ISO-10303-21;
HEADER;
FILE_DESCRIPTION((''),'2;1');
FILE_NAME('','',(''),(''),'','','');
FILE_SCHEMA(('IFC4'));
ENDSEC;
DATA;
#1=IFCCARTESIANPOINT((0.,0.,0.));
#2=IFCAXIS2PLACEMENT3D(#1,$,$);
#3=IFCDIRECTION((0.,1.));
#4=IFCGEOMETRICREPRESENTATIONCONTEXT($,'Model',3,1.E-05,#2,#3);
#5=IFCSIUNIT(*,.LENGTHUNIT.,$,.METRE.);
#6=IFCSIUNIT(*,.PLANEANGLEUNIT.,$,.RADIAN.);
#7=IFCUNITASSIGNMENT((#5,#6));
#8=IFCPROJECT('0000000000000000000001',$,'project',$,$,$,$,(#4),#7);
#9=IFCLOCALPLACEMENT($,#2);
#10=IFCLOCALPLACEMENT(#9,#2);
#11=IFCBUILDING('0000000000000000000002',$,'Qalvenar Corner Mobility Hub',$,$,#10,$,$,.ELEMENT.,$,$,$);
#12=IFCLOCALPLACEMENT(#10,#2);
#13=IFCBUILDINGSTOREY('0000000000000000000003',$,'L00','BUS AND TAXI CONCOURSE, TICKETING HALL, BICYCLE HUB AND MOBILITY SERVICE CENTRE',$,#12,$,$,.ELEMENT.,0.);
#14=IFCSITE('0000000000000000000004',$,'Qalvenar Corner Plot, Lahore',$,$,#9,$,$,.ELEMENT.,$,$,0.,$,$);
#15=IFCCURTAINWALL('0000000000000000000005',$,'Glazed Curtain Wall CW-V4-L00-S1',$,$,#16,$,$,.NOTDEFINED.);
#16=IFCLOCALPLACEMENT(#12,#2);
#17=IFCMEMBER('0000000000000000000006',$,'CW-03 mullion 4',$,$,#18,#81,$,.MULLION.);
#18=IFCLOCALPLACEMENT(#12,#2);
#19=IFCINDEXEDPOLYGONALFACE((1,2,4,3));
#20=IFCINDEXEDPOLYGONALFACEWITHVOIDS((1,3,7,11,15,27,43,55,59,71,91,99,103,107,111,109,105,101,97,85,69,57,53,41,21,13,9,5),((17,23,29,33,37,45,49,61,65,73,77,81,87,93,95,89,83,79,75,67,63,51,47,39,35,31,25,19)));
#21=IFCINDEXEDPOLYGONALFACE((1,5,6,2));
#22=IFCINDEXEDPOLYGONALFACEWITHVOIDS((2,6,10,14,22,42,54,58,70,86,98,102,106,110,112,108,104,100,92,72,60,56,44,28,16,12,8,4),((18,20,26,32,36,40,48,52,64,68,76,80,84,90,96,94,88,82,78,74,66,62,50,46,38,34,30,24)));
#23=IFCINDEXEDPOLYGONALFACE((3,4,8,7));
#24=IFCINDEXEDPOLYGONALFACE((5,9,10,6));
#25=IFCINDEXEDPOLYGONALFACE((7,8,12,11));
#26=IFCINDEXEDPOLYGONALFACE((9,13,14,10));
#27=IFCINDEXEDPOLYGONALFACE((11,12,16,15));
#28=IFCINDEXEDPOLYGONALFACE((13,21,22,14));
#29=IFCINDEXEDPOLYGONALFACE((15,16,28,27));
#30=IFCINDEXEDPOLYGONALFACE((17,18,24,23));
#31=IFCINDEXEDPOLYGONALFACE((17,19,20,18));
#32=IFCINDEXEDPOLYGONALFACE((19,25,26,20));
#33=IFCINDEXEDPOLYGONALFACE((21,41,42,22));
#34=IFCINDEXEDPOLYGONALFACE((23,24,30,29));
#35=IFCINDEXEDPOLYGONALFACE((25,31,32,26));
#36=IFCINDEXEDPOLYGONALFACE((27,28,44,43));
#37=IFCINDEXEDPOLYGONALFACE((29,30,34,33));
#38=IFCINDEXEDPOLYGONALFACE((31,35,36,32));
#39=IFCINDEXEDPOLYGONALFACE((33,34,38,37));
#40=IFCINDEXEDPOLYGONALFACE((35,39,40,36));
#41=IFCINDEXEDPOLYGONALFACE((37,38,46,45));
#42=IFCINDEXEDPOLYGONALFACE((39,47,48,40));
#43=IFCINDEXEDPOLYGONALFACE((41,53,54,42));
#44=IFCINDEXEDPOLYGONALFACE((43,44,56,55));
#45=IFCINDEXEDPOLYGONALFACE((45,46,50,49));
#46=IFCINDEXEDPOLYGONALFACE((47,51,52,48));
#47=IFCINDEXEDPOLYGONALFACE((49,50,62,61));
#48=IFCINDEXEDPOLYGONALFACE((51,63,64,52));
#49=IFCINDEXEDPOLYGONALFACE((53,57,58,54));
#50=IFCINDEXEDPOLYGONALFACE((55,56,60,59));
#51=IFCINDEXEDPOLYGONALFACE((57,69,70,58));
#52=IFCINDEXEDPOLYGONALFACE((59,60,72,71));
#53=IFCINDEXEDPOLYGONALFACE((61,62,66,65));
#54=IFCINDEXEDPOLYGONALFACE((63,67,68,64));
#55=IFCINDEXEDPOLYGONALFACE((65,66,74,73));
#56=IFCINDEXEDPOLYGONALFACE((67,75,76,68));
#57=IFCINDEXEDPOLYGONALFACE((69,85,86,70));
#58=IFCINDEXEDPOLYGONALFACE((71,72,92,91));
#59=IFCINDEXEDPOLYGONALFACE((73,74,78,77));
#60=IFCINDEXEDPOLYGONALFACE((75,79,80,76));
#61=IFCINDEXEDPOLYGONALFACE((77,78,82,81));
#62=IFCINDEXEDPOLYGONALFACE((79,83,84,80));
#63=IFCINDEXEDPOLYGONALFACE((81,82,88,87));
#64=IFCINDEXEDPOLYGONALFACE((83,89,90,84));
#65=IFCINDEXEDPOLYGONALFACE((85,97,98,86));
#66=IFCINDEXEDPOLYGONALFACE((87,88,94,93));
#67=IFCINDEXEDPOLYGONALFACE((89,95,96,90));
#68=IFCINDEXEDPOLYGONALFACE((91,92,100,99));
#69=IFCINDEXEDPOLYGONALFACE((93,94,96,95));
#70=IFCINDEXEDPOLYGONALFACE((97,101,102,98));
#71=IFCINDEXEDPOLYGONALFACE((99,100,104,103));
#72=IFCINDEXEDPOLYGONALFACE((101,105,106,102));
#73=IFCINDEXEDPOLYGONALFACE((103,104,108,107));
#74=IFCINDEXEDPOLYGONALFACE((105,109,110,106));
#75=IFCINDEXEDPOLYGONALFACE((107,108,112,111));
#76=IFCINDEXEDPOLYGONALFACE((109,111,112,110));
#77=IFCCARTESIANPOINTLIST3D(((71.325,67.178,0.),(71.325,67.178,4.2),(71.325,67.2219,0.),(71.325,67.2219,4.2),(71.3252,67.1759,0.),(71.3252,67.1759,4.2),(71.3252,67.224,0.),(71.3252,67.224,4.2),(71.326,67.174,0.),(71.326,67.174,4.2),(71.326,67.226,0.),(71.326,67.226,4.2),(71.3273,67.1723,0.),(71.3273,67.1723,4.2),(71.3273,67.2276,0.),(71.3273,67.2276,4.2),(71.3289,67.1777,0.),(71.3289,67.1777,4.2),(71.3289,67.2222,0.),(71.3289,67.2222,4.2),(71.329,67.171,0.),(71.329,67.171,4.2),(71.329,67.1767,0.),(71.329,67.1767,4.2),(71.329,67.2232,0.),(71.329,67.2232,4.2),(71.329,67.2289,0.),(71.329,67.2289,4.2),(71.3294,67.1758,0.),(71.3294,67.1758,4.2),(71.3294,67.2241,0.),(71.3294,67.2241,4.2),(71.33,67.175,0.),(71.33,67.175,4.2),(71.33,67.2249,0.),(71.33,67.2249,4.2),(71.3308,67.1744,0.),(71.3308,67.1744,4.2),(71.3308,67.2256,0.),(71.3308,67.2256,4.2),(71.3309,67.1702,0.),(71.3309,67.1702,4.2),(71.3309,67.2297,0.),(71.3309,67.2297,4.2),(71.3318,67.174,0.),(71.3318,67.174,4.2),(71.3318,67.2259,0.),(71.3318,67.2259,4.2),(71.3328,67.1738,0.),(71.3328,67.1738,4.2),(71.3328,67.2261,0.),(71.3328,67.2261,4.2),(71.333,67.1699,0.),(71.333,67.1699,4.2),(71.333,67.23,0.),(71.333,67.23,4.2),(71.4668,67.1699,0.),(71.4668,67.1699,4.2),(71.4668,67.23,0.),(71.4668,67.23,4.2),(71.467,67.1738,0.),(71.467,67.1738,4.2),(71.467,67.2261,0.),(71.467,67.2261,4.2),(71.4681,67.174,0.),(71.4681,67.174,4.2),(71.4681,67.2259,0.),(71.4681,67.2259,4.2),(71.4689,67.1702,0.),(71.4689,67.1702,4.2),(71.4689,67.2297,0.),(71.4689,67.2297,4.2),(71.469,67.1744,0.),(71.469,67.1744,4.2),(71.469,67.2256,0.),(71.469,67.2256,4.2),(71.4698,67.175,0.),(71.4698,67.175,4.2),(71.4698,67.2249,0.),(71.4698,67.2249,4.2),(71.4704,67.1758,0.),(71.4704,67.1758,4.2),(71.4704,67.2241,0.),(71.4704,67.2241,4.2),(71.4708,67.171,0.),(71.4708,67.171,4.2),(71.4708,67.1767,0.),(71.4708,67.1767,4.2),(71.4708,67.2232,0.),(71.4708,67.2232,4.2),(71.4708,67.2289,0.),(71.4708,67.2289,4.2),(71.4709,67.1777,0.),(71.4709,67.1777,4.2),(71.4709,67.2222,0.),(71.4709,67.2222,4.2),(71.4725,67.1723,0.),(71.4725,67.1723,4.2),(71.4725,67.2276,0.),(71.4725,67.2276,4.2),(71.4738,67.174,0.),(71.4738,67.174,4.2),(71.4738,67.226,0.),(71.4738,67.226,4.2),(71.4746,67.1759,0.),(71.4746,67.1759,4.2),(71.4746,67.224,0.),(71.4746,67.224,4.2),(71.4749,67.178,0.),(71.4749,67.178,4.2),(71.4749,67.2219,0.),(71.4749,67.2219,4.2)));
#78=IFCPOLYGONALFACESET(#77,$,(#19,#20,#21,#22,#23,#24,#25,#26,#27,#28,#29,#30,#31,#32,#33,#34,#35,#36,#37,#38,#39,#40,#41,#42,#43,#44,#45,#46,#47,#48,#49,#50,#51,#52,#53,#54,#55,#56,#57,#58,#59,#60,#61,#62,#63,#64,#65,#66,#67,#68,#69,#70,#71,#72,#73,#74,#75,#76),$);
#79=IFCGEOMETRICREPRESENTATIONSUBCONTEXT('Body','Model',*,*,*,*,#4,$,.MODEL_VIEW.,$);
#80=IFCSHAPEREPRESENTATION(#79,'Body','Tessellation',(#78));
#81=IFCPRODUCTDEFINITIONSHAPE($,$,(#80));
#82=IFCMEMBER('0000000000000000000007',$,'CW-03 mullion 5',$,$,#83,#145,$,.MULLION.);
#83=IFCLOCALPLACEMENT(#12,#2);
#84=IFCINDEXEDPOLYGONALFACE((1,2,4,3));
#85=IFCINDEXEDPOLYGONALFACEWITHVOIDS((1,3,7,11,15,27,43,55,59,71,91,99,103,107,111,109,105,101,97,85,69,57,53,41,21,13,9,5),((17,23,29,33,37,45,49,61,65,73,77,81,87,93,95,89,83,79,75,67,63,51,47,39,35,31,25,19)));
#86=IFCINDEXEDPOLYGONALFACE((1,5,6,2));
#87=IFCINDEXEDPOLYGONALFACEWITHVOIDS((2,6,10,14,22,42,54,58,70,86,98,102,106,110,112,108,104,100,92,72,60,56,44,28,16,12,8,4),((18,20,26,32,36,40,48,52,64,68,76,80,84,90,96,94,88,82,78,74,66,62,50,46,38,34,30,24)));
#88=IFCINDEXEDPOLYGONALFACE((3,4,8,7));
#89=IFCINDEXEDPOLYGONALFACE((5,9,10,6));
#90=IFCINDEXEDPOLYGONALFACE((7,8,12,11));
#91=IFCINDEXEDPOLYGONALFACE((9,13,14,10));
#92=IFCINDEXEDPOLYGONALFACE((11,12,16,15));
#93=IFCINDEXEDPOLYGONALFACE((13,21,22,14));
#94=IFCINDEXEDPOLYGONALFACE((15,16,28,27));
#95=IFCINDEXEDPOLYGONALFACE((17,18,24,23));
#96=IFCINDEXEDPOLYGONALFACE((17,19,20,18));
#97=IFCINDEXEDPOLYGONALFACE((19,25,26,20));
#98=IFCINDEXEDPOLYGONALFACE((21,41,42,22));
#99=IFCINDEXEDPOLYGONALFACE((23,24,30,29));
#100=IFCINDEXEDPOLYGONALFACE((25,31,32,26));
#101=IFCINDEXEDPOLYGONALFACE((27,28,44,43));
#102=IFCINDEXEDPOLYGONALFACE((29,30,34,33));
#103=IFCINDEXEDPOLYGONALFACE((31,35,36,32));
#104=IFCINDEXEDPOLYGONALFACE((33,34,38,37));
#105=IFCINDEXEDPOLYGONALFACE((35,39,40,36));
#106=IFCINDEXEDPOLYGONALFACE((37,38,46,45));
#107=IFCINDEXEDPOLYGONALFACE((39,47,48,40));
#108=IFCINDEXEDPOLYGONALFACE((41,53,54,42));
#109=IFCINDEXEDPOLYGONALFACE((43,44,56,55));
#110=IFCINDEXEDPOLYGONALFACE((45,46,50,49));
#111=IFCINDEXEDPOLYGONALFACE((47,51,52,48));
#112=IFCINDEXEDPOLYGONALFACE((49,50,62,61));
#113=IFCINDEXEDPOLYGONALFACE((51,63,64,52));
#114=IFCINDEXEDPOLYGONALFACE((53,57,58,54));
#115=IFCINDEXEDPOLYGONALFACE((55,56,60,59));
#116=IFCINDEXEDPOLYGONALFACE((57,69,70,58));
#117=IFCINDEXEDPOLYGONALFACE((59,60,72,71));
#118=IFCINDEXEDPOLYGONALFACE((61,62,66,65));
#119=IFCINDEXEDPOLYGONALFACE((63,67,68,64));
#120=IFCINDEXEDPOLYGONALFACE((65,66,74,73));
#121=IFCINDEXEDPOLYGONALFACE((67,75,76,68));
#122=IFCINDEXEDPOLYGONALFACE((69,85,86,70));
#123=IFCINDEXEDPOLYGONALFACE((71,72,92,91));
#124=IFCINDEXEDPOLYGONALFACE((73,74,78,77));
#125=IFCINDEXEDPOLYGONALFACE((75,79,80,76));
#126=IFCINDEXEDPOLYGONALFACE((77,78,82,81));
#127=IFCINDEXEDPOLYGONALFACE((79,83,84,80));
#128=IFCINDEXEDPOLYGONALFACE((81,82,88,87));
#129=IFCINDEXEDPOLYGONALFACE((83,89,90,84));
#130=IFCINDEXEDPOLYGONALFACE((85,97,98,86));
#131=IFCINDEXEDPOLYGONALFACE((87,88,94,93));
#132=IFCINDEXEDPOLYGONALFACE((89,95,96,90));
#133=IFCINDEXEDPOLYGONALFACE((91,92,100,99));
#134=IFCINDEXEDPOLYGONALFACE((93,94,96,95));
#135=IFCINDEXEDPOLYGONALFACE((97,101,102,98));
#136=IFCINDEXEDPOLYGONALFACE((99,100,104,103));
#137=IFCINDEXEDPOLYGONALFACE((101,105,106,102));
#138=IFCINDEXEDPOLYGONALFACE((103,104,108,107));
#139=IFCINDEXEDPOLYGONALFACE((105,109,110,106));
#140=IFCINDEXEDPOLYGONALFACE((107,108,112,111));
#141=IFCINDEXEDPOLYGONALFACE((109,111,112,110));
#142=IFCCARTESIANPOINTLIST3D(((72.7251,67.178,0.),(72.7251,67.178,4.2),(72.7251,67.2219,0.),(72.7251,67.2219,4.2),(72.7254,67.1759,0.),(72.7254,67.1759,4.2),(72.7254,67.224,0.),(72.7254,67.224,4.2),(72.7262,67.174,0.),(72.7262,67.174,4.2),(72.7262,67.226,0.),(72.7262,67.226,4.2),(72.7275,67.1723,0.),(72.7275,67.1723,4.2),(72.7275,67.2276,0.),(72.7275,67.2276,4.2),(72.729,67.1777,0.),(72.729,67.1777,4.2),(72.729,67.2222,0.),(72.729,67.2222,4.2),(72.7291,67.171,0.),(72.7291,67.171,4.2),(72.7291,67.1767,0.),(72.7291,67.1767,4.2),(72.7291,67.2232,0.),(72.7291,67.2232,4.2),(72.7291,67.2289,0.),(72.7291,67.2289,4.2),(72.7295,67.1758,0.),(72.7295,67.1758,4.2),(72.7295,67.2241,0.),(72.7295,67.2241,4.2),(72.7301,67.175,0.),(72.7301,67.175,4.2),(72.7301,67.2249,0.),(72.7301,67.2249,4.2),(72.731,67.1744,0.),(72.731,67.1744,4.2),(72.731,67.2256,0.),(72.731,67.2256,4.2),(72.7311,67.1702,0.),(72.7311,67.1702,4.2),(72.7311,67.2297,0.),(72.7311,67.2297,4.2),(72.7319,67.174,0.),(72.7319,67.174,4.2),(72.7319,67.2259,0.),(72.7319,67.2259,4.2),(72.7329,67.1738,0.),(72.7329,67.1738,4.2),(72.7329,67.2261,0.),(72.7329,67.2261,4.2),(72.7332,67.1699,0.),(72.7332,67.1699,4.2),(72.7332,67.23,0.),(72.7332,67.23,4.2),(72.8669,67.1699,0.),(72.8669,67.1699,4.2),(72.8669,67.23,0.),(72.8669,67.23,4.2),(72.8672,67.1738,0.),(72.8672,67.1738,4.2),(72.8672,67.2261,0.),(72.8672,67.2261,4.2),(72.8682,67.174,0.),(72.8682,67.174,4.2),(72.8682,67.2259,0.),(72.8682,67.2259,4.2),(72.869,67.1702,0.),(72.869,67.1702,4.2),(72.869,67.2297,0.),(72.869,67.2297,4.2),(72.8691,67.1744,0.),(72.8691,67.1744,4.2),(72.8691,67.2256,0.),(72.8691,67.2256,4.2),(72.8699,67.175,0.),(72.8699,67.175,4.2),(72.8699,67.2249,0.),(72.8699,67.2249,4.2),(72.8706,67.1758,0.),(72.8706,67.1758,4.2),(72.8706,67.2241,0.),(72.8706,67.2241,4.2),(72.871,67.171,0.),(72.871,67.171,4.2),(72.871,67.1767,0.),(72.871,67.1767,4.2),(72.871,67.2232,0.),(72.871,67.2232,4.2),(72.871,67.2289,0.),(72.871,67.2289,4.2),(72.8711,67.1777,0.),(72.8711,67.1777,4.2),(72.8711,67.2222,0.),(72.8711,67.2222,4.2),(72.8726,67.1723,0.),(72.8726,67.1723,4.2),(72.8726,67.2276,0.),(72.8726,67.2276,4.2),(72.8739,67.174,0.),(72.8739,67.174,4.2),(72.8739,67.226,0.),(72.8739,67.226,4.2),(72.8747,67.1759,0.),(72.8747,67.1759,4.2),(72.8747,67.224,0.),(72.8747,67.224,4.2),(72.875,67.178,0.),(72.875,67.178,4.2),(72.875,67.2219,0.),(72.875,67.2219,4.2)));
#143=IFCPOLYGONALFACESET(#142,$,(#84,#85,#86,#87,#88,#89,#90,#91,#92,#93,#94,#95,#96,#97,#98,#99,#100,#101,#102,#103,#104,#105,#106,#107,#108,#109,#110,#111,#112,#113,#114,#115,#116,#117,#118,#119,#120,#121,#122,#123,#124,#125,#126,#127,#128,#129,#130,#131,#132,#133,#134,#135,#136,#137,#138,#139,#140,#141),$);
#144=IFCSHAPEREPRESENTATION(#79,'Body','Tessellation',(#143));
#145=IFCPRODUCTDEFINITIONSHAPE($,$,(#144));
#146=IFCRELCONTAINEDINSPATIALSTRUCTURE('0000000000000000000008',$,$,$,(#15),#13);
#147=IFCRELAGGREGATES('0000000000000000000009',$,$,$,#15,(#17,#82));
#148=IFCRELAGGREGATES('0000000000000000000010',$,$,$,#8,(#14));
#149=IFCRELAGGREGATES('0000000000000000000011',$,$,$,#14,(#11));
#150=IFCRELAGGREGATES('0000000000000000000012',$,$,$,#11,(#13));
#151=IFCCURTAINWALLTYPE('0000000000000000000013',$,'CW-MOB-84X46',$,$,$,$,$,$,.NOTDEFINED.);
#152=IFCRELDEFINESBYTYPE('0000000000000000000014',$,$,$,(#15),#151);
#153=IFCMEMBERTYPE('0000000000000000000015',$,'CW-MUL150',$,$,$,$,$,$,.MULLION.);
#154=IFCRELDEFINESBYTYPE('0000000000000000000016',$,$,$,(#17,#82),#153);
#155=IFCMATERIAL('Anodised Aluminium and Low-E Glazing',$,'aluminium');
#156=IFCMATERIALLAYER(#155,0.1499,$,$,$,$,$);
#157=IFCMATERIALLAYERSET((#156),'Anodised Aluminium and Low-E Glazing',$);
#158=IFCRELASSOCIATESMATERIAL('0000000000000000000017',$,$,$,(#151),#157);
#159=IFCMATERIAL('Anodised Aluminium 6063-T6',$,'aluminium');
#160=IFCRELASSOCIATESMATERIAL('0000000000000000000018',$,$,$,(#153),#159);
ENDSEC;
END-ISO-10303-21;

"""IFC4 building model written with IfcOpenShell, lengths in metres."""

from ifc_helpers import new_model, si_unit, direction, frame, origin, origin_2d, place, context, subcontext, project, spatial, hollow_rectangle, extrude, material, layer, layer_set, material_profile, profile_set, type_object, element, aggregate, save


model = new_model("IFC4")

# Units and contexts
model_context = context("Model", 3, precision=1e-05, world=origin(), true_north=direction((0.0, 1.0)))
body_context = subcontext(model_context, "Body", "Model", "MODEL_VIEW")
ifc_project = project(units=[si_unit("LENGTHUNIT", "METRE"), si_unit("PLANEANGLEUNIT", "RADIAN")], contexts=[model_context])

# Site, building, storey
site_placement = place(None, origin())
site = spatial("IfcSite", under=ifc_project, at=site_placement, Name="Qalvenar Corner Plot, Lahore", CompositionType="ELEMENT", RefElevation=0.0)
building_placement = place(site_placement, origin())
building = spatial("IfcBuilding", under=site, at=building_placement, Name="Qalvenar Corner Mobility Hub", CompositionType="ELEMENT")
storey_placement = place(building_placement, origin())
storey = spatial("IfcBuildingStorey", under=building, at=storey_placement, Name="L00", Description="BUS AND TAXI CONCOURSE, TICKETING HALL, BICYCLE HUB AND MOBILITY SERVICE CENTRE", CompositionType="ELEMENT", Elevation=0.0)

# Curtain wall, members
ifc_material_1 = material(Name="Anodised Aluminium and Low-E Glazing", Category="aluminium")
ifc_layer_1 = layer(ifc_material_1, 0.1499)
ifc_layer_set_1 = layer_set([ifc_layer_1], Name="Anodised Aluminium and Low-E Glazing")
curtain_wall_type = type_object("IfcCurtainWallType", Name="CW-MOB-84X46", PredefinedType="NOTDEFINED", material=ifc_layer_set_1)
curtain_wall_placement = place(storey_placement, origin())
curtain_wall = element("IfcCurtainWall", 1, at=curtain_wall_placement, inside=storey, type_object=curtain_wall_type, Name="Glazed Curtain Wall CW-V4-L00-S1", PredefinedType="NOTDEFINED")
ifc_material_2 = material(Name="Anodised Aluminium 6063-T6", Category="aluminium")
ifc_material_profile_1 = material_profile(ifc_material_2, hollow_rectangle(XDim=0.0601, YDim=0.1499, WallThickness=0.0039, InnerFilletRadius=0.0039, OuterFilletRadius=0.0081, at=origin_2d()), Name="RHS150x60x4")
ifc_profile_set_1 = profile_set([ifc_material_profile_1], Name="Anodised Aluminium 6063-T6")
member_type_1 = type_object("IfcMemberType", Name="CW-MUL150", PredefinedType="MULLION", material=ifc_profile_set_1)
member_1_placement = place(storey_placement, frame((71.3999, 67.2, 0.0), z_axis=(0.0, 0.0, 1.0), x_axis=(0.0, 1.0, 0.0)))
member_1 = element("IfcMember", 2, at=member_1_placement, type_object=member_type_1, Name="CW-03 mullion 4", PredefinedType="MULLION", context=body_context, shape_type="SweptSolid", body=[
    extrude(hollow_rectangle(XDim=0.0601, YDim=0.1499, WallThickness=0.0039, InnerFilletRadius=0.0039, OuterFilletRadius=0.0081, at=origin_2d()), origin(), (0.0, 0.0, 1.0), 4.2),
])
member_2_placement = place(storey_placement, frame((72.8, 67.2, 0.0), z_axis=(0.0, 0.0, 1.0), x_axis=(0.0, 1.0, 0.0)))
member_2 = element("IfcMember", 3, at=member_2_placement, type_object=member_type_1, Name="CW-03 mullion 5", PredefinedType="MULLION", context=body_context, shape_type="SweptSolid", body=[
    extrude(hollow_rectangle(XDim=0.0601, YDim=0.1499, WallThickness=0.0039, InnerFilletRadius=0.0039, OuterFilletRadius=0.0081, at=origin_2d()), origin(), (0.0, 0.0, 1.0), 4.2),
])
aggregate(curtain_wall, [member_1, member_2])

save(model, "model.ifc")
